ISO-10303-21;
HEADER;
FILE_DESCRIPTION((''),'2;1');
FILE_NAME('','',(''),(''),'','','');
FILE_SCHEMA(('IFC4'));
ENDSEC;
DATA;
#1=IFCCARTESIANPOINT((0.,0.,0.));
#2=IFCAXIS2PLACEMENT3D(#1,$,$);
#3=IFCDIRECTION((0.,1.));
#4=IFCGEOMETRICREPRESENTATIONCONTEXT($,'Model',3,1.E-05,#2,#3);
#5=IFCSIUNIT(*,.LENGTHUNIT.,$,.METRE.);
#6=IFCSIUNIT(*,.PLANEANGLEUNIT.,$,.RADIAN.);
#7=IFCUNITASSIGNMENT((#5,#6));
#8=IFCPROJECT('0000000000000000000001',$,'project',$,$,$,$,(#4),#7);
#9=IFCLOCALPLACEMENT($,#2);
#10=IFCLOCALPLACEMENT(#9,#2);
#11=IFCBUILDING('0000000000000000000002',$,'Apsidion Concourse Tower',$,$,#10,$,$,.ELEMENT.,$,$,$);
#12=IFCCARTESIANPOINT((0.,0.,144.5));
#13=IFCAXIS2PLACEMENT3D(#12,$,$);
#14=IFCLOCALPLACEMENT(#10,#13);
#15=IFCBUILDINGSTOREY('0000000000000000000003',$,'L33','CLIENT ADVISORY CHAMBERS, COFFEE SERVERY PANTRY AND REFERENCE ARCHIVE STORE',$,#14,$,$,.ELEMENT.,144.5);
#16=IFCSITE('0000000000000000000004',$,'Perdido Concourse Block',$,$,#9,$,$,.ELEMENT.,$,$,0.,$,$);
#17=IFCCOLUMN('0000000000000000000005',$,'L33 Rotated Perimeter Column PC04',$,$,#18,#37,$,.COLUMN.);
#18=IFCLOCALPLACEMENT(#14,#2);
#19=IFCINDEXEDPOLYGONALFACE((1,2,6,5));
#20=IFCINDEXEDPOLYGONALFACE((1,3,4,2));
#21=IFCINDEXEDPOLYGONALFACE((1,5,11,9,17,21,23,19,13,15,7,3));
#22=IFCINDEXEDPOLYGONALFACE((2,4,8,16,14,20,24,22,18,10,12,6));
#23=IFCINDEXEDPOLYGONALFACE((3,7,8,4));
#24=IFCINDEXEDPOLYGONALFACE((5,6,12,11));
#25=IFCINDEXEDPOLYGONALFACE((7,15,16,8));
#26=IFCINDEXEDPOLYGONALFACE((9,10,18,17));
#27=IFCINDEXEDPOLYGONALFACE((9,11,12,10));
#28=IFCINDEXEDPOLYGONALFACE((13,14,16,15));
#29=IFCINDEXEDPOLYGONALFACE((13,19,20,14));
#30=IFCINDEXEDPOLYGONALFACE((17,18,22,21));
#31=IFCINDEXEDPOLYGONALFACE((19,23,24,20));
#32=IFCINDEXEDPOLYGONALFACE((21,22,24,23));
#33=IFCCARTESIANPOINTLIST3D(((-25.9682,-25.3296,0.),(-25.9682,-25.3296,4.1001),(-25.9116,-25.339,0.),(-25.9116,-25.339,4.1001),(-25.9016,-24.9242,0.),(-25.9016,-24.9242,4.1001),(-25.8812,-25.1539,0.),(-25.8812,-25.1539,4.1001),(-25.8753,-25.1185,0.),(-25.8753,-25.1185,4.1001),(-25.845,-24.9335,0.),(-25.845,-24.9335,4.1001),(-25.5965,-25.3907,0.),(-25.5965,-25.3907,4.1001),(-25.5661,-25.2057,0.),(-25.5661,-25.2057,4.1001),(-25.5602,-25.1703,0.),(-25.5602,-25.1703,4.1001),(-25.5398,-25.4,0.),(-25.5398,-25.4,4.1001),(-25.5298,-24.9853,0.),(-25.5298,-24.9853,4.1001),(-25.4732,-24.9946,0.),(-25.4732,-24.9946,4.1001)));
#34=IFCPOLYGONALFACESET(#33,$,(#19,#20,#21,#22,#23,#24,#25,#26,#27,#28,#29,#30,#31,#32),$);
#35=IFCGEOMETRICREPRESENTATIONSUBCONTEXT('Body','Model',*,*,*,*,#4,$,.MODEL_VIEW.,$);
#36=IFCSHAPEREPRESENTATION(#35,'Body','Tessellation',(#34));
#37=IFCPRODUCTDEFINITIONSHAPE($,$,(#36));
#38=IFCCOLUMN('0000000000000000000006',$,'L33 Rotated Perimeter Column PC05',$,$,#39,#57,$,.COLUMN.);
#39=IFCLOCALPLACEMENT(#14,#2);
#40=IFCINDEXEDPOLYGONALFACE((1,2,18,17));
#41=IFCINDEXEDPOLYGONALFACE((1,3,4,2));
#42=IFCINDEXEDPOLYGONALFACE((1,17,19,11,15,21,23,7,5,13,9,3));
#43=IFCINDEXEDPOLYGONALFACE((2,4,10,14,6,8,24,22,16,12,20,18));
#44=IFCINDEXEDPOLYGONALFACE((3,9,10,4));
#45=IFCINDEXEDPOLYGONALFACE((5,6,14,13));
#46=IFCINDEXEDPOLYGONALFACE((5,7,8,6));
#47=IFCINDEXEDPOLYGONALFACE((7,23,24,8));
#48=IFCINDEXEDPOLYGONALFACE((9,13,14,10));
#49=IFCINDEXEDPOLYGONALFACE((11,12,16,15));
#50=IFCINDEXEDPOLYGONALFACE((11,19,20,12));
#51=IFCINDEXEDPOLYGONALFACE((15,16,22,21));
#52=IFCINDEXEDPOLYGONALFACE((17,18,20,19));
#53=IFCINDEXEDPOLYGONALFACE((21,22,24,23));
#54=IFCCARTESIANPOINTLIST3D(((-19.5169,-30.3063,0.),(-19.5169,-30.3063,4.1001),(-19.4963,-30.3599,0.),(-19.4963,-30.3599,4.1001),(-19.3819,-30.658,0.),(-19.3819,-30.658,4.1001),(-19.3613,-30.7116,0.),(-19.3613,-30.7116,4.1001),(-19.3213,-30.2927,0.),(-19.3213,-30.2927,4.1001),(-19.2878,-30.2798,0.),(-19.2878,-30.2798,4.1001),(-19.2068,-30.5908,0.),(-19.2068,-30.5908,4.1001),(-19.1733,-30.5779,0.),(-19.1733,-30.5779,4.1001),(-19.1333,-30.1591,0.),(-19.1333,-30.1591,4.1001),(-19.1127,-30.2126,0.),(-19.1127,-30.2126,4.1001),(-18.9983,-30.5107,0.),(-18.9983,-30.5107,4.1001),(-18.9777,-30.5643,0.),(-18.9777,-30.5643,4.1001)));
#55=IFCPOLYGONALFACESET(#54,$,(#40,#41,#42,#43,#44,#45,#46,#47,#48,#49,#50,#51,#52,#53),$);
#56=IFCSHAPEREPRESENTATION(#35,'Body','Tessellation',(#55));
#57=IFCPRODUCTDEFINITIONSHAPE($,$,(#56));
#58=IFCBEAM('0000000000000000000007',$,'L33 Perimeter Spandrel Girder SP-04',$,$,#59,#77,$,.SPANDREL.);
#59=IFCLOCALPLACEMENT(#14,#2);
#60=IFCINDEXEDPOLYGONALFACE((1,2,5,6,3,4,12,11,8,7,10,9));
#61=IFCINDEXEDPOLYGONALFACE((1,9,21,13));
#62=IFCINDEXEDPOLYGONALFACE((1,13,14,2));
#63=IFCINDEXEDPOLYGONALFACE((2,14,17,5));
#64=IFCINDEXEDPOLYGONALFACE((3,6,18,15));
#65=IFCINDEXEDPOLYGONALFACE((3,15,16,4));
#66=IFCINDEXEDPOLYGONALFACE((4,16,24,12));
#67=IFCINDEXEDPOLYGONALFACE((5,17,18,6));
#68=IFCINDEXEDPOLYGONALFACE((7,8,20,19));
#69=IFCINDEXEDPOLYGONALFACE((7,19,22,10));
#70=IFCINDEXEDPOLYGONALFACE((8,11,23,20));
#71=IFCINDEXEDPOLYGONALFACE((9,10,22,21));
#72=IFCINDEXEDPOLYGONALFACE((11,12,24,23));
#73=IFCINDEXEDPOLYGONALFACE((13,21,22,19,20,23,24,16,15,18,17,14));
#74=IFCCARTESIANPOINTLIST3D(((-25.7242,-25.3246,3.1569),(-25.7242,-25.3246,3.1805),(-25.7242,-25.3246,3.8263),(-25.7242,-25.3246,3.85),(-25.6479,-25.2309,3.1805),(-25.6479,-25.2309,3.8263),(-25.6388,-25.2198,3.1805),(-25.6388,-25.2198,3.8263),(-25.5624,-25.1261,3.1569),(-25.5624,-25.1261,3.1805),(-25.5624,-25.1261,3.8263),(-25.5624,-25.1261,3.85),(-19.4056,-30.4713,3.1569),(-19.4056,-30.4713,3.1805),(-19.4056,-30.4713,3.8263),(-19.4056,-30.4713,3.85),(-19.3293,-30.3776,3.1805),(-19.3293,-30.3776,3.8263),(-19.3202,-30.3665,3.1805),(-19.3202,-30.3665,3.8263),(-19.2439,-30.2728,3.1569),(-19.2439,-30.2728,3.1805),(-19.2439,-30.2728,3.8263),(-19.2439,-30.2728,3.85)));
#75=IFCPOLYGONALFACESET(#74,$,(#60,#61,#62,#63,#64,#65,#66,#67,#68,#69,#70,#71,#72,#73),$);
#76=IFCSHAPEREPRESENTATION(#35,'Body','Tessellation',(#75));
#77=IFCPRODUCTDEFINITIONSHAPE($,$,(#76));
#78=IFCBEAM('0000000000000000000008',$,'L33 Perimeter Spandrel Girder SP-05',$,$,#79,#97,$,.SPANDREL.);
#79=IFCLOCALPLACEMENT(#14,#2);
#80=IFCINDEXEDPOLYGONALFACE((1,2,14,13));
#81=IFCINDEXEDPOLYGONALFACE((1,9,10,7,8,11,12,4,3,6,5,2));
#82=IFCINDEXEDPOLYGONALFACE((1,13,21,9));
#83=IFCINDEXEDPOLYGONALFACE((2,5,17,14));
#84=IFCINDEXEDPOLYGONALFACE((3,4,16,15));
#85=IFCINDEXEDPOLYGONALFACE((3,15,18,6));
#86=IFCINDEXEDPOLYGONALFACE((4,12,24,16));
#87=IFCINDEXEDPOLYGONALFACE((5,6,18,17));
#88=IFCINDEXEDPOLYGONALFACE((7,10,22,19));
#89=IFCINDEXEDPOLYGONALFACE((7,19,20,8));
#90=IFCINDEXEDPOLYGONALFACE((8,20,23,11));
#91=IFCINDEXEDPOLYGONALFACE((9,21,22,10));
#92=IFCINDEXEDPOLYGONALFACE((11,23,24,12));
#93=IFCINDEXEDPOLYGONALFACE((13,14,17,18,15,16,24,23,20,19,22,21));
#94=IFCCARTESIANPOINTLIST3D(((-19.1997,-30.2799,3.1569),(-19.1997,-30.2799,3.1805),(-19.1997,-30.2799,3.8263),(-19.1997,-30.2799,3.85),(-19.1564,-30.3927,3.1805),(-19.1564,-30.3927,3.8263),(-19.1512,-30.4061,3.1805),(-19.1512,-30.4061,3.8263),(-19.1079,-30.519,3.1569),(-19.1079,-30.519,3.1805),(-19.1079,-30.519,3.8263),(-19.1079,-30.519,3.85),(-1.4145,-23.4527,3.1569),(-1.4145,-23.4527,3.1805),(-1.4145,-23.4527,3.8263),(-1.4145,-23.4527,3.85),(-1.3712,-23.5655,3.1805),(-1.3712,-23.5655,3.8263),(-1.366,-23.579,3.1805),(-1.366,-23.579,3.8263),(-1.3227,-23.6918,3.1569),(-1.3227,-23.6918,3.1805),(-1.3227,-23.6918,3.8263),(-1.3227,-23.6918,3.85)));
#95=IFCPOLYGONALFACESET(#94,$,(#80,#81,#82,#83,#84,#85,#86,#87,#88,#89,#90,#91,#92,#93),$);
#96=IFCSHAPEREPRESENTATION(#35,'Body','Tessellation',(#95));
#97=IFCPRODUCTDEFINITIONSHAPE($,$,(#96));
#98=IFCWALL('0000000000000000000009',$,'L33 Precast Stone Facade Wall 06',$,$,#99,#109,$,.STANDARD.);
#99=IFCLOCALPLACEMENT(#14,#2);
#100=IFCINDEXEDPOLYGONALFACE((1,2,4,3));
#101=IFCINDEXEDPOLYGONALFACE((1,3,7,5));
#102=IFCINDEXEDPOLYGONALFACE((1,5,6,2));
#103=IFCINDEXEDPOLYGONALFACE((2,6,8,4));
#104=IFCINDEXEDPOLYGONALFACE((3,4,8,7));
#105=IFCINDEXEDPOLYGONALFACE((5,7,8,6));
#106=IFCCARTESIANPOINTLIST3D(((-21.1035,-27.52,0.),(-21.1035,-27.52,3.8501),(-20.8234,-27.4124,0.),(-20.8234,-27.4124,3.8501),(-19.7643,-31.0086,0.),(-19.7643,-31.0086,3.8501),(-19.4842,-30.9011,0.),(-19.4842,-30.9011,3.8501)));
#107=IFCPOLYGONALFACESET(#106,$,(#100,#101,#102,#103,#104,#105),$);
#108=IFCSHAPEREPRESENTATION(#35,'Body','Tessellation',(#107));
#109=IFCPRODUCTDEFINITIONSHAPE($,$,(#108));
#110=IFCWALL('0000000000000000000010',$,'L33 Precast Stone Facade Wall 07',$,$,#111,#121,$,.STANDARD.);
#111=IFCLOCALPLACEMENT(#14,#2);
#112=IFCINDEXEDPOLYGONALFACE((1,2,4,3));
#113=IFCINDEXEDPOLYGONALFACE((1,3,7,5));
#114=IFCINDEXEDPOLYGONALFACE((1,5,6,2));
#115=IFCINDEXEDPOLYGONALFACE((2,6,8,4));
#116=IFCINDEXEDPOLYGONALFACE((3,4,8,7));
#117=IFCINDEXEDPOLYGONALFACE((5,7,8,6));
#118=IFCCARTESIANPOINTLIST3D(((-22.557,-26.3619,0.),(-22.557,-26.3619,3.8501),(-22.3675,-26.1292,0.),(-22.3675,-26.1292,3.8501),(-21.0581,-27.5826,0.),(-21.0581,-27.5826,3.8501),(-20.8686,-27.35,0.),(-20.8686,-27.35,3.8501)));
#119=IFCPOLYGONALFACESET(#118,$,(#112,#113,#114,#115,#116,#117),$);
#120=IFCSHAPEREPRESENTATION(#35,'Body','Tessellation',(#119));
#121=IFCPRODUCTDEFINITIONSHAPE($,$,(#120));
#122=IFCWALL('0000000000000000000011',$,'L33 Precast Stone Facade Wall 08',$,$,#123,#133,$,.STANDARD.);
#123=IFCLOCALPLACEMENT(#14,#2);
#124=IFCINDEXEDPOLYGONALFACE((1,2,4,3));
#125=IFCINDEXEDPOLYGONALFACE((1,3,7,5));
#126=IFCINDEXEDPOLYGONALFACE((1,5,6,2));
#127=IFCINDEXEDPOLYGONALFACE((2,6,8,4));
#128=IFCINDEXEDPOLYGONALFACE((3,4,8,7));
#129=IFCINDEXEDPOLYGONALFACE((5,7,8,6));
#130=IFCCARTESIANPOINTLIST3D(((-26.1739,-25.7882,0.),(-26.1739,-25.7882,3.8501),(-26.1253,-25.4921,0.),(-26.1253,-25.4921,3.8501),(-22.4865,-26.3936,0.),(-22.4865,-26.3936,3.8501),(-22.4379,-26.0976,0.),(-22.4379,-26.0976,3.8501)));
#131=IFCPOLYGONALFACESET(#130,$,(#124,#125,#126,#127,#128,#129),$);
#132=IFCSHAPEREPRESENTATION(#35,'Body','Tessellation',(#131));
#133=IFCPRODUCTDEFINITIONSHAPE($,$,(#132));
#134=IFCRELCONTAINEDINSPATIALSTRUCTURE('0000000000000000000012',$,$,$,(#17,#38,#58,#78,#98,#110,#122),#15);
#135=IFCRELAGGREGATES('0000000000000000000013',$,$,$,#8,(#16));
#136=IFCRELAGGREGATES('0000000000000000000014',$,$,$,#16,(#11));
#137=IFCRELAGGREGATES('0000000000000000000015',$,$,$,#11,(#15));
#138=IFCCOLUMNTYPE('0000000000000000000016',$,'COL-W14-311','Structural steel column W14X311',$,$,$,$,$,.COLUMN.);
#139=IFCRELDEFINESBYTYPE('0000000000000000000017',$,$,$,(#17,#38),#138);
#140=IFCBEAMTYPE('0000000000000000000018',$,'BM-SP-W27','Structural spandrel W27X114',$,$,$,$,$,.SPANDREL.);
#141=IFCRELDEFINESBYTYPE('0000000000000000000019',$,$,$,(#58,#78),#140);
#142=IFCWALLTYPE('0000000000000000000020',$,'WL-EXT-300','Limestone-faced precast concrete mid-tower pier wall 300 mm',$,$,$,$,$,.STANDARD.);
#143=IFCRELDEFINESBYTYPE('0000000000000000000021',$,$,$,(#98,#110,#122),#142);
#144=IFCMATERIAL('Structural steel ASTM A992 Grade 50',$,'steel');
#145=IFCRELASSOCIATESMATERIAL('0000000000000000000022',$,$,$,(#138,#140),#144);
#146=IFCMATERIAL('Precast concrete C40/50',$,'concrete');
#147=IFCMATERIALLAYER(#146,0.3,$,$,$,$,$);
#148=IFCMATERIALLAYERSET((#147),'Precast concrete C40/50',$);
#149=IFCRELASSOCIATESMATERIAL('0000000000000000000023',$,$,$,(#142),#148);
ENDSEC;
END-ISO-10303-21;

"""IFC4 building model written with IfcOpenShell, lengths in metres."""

from ifc_helpers import new_model, si_unit, direction, frame, frame_2d, origin, origin_2d, place, context, subcontext, project, spatial, rectangle, i_section, extrude, material, layer, layer_set, material_profile, profile_set, type_object, element, save


model = new_model("IFC4")

# Units and contexts
model_context = context("Model", 3, precision=1e-05, world=origin(), true_north=direction((0.0, 1.0)))
body_context = subcontext(model_context, "Body", "Model", "MODEL_VIEW")
ifc_project = project(units=[si_unit("LENGTHUNIT", "METRE"), si_unit("PLANEANGLEUNIT", "RADIAN")], contexts=[model_context])

# Site, building, storey
site_placement = place(None, origin())
site = spatial("IfcSite", under=ifc_project, at=site_placement, Name="Perdido Concourse Block", CompositionType="ELEMENT", RefElevation=0.0)
building_placement = place(site_placement, origin())
building = spatial("IfcBuilding", under=site, at=building_placement, Name="Apsidion Concourse Tower", CompositionType="ELEMENT")
storey_placement = place(building_placement, frame((0.0, 0.0, 144.5)))
storey = spatial("IfcBuildingStorey", under=building, at=storey_placement, Name="L33", Description="CLIENT ADVISORY CHAMBERS, COFFEE SERVERY PANTRY AND REFERENCE ARCHIVE STORE", CompositionType="ELEMENT", Elevation=144.5)

# Columns
ifc_material_1 = material(Name="Structural steel ASTM A992 Grade 50", Category="steel")
ifc_material_profile_1 = material_profile(ifc_material_1, i_section(OverallWidth=0.4109, OverallDepth=0.4341, WebThickness=0.0359, FlangeThickness=0.0574, at=origin_2d()), Name="W14X311")
ifc_profile_set_1 = profile_set([ifc_material_profile_1], Name="Structural steel ASTM A992 Grade 50")
column_type = type_object("IfcColumnType", Name="COL-W14-311", Description="Structural steel column W14X311", PredefinedType="COLUMN", material=ifc_profile_set_1)
for number, where, z_axis, x_axis, name in (
    (1, (-25.7207, -25.1621, 0.0), (0.0, 0.0, 1.0), (0.162121, 0.986771, 0.0), "L33 Rotated Perimeter Column PC04"),
    (2, (-19.2473, -30.4353, 0.0), (0.0, 0.0, 1.0), (0.93358, 0.358368, 0.0), "L33 Rotated Perimeter Column PC05"),
):
    element("IfcColumn", number, at=place(storey_placement, frame(where, z_axis=z_axis, x_axis=x_axis)), inside=storey, type_object=column_type, Name=name, PredefinedType="COLUMN", context=body_context, shape_type="SweptSolid", body=[
        extrude(i_section(OverallWidth=0.4109, OverallDepth=0.4341, WebThickness=0.0359, FlangeThickness=0.0574, at=origin_2d()), origin(), (0.0, 0.0, 1.0), 4.1001),
    ])

# Beams
ifc_material_profile_2 = material_profile(ifc_material_1, i_section(OverallWidth=0.2561, OverallDepth=0.6931, WebThickness=0.0144, FlangeThickness=0.0237, at=origin_2d()), Name="W27X114")
ifc_profile_set_2 = profile_set([ifc_material_profile_2], Name="Structural steel ASTM A992 Grade 50")
beam_type = type_object("IfcBeamType", Name="BM-SP-W27", Description="Structural spandrel W27X114", PredefinedType="SPANDREL", material=ifc_profile_set_2)
beam_1_placement = place(storey_placement, frame((-25.6433, -25.2253, 3.5034), z_axis=(0.775341, -0.631543, 0.0), x_axis=(0.631543, 0.775341, 0.0)))
element("IfcBeam", 3, at=beam_1_placement, inside=storey, type_object=beam_type, Name="L33 Perimeter Spandrel Girder SP-04", PredefinedType="SPANDREL", context=body_context, shape_type="SweptSolid", body=[
    extrude(i_section(OverallWidth=0.2561, OverallDepth=0.6931, WebThickness=0.0144, FlangeThickness=0.0237, at=origin_2d()), origin(), (0.0, 0.0, 1.0), 8.1494),
])
beam_2_placement = place(storey_placement, frame((-19.1538, -30.3994, 3.5034), z_axis=(0.933579, 0.358371, 0.0), x_axis=(-0.358371, 0.933579, 0.0)))
element("IfcBeam", 4, at=beam_2_placement, inside=storey, type_object=beam_type, Name="L33 Perimeter Spandrel Girder SP-05", PredefinedType="SPANDREL", context=body_context, shape_type="SweptSolid", body=[
    extrude(i_section(OverallWidth=0.2561, OverallDepth=0.6931, WebThickness=0.0144, FlangeThickness=0.0237, at=origin_2d()), origin(), (0.0, 0.0, 1.0), 19.0505),
])

# Walls
ifc_material_2 = material(Name="Precast concrete C40/50", Category="concrete")
ifc_layer_1 = layer(ifc_material_2, 0.3)
ifc_layer_set_1 = layer_set([ifc_layer_1], Name="Precast concrete C40/50")
wall_type_1 = type_object("IfcWallType", Name="WL-EXT-300", Description="Limestone-faced precast concrete mid-tower pier wall 300 mm", PredefinedType="STANDARD", material=ifc_layer_set_1)
wall_1_placement = place(storey_placement, frame((-19.6243, -30.9548, 0.0), z_axis=(0.0, 0.0, 1.0), x_axis=(-0.358366, 0.933581, 0.0)))
element("IfcWall", 5, at=wall_1_placement, inside=storey, type_object=wall_type_1, Name="L33 Precast Stone Facade Wall 06", PredefinedType="STANDARD", context=body_context, shape_type="SweptSolid", body=[
    extrude(rectangle(XDim=3.7368, YDim=0.3, at=frame_2d((1.8684, 0.0))), origin(), (0.0, 0.0, 1.0), 3.8501),
])
wall_2_placement = place(storey_placement, frame((-20.9634, -27.4663, 0.0), z_axis=(0.0, 0.0, 1.0), x_axis=(-0.775368, 0.63151, 0.0)))
element("IfcWall", 6, at=wall_2_placement, inside=storey, type_object=wall_type_1, Name="L33 Precast Stone Facade Wall 07", PredefinedType="STANDARD", context=body_context, shape_type="SweptSolid", body=[
    extrude(rectangle(XDim=1.9331, YDim=0.3, at=frame_2d((0.9666, 0.0))), origin(), (0.0, 0.0, 1.0), 3.8501),
])
wall_3_placement = place(storey_placement, frame((-22.4622, -26.2456, 0.0), z_axis=(0.0, 0.0, 1.0), x_axis=(-0.986787, 0.162025, 0.0)))
element("IfcWall", 7, at=wall_3_placement, inside=storey, type_object=wall_type_1, Name="L33 Precast Stone Facade Wall 08", PredefinedType="STANDARD", context=body_context, shape_type="SweptSolid", body=[
    extrude(rectangle(XDim=3.7368, YDim=0.3, at=frame_2d((1.8684, 0.0))), origin(), (0.0, 0.0, 1.0), 3.8501),
])

save(model, "model.ifc")
